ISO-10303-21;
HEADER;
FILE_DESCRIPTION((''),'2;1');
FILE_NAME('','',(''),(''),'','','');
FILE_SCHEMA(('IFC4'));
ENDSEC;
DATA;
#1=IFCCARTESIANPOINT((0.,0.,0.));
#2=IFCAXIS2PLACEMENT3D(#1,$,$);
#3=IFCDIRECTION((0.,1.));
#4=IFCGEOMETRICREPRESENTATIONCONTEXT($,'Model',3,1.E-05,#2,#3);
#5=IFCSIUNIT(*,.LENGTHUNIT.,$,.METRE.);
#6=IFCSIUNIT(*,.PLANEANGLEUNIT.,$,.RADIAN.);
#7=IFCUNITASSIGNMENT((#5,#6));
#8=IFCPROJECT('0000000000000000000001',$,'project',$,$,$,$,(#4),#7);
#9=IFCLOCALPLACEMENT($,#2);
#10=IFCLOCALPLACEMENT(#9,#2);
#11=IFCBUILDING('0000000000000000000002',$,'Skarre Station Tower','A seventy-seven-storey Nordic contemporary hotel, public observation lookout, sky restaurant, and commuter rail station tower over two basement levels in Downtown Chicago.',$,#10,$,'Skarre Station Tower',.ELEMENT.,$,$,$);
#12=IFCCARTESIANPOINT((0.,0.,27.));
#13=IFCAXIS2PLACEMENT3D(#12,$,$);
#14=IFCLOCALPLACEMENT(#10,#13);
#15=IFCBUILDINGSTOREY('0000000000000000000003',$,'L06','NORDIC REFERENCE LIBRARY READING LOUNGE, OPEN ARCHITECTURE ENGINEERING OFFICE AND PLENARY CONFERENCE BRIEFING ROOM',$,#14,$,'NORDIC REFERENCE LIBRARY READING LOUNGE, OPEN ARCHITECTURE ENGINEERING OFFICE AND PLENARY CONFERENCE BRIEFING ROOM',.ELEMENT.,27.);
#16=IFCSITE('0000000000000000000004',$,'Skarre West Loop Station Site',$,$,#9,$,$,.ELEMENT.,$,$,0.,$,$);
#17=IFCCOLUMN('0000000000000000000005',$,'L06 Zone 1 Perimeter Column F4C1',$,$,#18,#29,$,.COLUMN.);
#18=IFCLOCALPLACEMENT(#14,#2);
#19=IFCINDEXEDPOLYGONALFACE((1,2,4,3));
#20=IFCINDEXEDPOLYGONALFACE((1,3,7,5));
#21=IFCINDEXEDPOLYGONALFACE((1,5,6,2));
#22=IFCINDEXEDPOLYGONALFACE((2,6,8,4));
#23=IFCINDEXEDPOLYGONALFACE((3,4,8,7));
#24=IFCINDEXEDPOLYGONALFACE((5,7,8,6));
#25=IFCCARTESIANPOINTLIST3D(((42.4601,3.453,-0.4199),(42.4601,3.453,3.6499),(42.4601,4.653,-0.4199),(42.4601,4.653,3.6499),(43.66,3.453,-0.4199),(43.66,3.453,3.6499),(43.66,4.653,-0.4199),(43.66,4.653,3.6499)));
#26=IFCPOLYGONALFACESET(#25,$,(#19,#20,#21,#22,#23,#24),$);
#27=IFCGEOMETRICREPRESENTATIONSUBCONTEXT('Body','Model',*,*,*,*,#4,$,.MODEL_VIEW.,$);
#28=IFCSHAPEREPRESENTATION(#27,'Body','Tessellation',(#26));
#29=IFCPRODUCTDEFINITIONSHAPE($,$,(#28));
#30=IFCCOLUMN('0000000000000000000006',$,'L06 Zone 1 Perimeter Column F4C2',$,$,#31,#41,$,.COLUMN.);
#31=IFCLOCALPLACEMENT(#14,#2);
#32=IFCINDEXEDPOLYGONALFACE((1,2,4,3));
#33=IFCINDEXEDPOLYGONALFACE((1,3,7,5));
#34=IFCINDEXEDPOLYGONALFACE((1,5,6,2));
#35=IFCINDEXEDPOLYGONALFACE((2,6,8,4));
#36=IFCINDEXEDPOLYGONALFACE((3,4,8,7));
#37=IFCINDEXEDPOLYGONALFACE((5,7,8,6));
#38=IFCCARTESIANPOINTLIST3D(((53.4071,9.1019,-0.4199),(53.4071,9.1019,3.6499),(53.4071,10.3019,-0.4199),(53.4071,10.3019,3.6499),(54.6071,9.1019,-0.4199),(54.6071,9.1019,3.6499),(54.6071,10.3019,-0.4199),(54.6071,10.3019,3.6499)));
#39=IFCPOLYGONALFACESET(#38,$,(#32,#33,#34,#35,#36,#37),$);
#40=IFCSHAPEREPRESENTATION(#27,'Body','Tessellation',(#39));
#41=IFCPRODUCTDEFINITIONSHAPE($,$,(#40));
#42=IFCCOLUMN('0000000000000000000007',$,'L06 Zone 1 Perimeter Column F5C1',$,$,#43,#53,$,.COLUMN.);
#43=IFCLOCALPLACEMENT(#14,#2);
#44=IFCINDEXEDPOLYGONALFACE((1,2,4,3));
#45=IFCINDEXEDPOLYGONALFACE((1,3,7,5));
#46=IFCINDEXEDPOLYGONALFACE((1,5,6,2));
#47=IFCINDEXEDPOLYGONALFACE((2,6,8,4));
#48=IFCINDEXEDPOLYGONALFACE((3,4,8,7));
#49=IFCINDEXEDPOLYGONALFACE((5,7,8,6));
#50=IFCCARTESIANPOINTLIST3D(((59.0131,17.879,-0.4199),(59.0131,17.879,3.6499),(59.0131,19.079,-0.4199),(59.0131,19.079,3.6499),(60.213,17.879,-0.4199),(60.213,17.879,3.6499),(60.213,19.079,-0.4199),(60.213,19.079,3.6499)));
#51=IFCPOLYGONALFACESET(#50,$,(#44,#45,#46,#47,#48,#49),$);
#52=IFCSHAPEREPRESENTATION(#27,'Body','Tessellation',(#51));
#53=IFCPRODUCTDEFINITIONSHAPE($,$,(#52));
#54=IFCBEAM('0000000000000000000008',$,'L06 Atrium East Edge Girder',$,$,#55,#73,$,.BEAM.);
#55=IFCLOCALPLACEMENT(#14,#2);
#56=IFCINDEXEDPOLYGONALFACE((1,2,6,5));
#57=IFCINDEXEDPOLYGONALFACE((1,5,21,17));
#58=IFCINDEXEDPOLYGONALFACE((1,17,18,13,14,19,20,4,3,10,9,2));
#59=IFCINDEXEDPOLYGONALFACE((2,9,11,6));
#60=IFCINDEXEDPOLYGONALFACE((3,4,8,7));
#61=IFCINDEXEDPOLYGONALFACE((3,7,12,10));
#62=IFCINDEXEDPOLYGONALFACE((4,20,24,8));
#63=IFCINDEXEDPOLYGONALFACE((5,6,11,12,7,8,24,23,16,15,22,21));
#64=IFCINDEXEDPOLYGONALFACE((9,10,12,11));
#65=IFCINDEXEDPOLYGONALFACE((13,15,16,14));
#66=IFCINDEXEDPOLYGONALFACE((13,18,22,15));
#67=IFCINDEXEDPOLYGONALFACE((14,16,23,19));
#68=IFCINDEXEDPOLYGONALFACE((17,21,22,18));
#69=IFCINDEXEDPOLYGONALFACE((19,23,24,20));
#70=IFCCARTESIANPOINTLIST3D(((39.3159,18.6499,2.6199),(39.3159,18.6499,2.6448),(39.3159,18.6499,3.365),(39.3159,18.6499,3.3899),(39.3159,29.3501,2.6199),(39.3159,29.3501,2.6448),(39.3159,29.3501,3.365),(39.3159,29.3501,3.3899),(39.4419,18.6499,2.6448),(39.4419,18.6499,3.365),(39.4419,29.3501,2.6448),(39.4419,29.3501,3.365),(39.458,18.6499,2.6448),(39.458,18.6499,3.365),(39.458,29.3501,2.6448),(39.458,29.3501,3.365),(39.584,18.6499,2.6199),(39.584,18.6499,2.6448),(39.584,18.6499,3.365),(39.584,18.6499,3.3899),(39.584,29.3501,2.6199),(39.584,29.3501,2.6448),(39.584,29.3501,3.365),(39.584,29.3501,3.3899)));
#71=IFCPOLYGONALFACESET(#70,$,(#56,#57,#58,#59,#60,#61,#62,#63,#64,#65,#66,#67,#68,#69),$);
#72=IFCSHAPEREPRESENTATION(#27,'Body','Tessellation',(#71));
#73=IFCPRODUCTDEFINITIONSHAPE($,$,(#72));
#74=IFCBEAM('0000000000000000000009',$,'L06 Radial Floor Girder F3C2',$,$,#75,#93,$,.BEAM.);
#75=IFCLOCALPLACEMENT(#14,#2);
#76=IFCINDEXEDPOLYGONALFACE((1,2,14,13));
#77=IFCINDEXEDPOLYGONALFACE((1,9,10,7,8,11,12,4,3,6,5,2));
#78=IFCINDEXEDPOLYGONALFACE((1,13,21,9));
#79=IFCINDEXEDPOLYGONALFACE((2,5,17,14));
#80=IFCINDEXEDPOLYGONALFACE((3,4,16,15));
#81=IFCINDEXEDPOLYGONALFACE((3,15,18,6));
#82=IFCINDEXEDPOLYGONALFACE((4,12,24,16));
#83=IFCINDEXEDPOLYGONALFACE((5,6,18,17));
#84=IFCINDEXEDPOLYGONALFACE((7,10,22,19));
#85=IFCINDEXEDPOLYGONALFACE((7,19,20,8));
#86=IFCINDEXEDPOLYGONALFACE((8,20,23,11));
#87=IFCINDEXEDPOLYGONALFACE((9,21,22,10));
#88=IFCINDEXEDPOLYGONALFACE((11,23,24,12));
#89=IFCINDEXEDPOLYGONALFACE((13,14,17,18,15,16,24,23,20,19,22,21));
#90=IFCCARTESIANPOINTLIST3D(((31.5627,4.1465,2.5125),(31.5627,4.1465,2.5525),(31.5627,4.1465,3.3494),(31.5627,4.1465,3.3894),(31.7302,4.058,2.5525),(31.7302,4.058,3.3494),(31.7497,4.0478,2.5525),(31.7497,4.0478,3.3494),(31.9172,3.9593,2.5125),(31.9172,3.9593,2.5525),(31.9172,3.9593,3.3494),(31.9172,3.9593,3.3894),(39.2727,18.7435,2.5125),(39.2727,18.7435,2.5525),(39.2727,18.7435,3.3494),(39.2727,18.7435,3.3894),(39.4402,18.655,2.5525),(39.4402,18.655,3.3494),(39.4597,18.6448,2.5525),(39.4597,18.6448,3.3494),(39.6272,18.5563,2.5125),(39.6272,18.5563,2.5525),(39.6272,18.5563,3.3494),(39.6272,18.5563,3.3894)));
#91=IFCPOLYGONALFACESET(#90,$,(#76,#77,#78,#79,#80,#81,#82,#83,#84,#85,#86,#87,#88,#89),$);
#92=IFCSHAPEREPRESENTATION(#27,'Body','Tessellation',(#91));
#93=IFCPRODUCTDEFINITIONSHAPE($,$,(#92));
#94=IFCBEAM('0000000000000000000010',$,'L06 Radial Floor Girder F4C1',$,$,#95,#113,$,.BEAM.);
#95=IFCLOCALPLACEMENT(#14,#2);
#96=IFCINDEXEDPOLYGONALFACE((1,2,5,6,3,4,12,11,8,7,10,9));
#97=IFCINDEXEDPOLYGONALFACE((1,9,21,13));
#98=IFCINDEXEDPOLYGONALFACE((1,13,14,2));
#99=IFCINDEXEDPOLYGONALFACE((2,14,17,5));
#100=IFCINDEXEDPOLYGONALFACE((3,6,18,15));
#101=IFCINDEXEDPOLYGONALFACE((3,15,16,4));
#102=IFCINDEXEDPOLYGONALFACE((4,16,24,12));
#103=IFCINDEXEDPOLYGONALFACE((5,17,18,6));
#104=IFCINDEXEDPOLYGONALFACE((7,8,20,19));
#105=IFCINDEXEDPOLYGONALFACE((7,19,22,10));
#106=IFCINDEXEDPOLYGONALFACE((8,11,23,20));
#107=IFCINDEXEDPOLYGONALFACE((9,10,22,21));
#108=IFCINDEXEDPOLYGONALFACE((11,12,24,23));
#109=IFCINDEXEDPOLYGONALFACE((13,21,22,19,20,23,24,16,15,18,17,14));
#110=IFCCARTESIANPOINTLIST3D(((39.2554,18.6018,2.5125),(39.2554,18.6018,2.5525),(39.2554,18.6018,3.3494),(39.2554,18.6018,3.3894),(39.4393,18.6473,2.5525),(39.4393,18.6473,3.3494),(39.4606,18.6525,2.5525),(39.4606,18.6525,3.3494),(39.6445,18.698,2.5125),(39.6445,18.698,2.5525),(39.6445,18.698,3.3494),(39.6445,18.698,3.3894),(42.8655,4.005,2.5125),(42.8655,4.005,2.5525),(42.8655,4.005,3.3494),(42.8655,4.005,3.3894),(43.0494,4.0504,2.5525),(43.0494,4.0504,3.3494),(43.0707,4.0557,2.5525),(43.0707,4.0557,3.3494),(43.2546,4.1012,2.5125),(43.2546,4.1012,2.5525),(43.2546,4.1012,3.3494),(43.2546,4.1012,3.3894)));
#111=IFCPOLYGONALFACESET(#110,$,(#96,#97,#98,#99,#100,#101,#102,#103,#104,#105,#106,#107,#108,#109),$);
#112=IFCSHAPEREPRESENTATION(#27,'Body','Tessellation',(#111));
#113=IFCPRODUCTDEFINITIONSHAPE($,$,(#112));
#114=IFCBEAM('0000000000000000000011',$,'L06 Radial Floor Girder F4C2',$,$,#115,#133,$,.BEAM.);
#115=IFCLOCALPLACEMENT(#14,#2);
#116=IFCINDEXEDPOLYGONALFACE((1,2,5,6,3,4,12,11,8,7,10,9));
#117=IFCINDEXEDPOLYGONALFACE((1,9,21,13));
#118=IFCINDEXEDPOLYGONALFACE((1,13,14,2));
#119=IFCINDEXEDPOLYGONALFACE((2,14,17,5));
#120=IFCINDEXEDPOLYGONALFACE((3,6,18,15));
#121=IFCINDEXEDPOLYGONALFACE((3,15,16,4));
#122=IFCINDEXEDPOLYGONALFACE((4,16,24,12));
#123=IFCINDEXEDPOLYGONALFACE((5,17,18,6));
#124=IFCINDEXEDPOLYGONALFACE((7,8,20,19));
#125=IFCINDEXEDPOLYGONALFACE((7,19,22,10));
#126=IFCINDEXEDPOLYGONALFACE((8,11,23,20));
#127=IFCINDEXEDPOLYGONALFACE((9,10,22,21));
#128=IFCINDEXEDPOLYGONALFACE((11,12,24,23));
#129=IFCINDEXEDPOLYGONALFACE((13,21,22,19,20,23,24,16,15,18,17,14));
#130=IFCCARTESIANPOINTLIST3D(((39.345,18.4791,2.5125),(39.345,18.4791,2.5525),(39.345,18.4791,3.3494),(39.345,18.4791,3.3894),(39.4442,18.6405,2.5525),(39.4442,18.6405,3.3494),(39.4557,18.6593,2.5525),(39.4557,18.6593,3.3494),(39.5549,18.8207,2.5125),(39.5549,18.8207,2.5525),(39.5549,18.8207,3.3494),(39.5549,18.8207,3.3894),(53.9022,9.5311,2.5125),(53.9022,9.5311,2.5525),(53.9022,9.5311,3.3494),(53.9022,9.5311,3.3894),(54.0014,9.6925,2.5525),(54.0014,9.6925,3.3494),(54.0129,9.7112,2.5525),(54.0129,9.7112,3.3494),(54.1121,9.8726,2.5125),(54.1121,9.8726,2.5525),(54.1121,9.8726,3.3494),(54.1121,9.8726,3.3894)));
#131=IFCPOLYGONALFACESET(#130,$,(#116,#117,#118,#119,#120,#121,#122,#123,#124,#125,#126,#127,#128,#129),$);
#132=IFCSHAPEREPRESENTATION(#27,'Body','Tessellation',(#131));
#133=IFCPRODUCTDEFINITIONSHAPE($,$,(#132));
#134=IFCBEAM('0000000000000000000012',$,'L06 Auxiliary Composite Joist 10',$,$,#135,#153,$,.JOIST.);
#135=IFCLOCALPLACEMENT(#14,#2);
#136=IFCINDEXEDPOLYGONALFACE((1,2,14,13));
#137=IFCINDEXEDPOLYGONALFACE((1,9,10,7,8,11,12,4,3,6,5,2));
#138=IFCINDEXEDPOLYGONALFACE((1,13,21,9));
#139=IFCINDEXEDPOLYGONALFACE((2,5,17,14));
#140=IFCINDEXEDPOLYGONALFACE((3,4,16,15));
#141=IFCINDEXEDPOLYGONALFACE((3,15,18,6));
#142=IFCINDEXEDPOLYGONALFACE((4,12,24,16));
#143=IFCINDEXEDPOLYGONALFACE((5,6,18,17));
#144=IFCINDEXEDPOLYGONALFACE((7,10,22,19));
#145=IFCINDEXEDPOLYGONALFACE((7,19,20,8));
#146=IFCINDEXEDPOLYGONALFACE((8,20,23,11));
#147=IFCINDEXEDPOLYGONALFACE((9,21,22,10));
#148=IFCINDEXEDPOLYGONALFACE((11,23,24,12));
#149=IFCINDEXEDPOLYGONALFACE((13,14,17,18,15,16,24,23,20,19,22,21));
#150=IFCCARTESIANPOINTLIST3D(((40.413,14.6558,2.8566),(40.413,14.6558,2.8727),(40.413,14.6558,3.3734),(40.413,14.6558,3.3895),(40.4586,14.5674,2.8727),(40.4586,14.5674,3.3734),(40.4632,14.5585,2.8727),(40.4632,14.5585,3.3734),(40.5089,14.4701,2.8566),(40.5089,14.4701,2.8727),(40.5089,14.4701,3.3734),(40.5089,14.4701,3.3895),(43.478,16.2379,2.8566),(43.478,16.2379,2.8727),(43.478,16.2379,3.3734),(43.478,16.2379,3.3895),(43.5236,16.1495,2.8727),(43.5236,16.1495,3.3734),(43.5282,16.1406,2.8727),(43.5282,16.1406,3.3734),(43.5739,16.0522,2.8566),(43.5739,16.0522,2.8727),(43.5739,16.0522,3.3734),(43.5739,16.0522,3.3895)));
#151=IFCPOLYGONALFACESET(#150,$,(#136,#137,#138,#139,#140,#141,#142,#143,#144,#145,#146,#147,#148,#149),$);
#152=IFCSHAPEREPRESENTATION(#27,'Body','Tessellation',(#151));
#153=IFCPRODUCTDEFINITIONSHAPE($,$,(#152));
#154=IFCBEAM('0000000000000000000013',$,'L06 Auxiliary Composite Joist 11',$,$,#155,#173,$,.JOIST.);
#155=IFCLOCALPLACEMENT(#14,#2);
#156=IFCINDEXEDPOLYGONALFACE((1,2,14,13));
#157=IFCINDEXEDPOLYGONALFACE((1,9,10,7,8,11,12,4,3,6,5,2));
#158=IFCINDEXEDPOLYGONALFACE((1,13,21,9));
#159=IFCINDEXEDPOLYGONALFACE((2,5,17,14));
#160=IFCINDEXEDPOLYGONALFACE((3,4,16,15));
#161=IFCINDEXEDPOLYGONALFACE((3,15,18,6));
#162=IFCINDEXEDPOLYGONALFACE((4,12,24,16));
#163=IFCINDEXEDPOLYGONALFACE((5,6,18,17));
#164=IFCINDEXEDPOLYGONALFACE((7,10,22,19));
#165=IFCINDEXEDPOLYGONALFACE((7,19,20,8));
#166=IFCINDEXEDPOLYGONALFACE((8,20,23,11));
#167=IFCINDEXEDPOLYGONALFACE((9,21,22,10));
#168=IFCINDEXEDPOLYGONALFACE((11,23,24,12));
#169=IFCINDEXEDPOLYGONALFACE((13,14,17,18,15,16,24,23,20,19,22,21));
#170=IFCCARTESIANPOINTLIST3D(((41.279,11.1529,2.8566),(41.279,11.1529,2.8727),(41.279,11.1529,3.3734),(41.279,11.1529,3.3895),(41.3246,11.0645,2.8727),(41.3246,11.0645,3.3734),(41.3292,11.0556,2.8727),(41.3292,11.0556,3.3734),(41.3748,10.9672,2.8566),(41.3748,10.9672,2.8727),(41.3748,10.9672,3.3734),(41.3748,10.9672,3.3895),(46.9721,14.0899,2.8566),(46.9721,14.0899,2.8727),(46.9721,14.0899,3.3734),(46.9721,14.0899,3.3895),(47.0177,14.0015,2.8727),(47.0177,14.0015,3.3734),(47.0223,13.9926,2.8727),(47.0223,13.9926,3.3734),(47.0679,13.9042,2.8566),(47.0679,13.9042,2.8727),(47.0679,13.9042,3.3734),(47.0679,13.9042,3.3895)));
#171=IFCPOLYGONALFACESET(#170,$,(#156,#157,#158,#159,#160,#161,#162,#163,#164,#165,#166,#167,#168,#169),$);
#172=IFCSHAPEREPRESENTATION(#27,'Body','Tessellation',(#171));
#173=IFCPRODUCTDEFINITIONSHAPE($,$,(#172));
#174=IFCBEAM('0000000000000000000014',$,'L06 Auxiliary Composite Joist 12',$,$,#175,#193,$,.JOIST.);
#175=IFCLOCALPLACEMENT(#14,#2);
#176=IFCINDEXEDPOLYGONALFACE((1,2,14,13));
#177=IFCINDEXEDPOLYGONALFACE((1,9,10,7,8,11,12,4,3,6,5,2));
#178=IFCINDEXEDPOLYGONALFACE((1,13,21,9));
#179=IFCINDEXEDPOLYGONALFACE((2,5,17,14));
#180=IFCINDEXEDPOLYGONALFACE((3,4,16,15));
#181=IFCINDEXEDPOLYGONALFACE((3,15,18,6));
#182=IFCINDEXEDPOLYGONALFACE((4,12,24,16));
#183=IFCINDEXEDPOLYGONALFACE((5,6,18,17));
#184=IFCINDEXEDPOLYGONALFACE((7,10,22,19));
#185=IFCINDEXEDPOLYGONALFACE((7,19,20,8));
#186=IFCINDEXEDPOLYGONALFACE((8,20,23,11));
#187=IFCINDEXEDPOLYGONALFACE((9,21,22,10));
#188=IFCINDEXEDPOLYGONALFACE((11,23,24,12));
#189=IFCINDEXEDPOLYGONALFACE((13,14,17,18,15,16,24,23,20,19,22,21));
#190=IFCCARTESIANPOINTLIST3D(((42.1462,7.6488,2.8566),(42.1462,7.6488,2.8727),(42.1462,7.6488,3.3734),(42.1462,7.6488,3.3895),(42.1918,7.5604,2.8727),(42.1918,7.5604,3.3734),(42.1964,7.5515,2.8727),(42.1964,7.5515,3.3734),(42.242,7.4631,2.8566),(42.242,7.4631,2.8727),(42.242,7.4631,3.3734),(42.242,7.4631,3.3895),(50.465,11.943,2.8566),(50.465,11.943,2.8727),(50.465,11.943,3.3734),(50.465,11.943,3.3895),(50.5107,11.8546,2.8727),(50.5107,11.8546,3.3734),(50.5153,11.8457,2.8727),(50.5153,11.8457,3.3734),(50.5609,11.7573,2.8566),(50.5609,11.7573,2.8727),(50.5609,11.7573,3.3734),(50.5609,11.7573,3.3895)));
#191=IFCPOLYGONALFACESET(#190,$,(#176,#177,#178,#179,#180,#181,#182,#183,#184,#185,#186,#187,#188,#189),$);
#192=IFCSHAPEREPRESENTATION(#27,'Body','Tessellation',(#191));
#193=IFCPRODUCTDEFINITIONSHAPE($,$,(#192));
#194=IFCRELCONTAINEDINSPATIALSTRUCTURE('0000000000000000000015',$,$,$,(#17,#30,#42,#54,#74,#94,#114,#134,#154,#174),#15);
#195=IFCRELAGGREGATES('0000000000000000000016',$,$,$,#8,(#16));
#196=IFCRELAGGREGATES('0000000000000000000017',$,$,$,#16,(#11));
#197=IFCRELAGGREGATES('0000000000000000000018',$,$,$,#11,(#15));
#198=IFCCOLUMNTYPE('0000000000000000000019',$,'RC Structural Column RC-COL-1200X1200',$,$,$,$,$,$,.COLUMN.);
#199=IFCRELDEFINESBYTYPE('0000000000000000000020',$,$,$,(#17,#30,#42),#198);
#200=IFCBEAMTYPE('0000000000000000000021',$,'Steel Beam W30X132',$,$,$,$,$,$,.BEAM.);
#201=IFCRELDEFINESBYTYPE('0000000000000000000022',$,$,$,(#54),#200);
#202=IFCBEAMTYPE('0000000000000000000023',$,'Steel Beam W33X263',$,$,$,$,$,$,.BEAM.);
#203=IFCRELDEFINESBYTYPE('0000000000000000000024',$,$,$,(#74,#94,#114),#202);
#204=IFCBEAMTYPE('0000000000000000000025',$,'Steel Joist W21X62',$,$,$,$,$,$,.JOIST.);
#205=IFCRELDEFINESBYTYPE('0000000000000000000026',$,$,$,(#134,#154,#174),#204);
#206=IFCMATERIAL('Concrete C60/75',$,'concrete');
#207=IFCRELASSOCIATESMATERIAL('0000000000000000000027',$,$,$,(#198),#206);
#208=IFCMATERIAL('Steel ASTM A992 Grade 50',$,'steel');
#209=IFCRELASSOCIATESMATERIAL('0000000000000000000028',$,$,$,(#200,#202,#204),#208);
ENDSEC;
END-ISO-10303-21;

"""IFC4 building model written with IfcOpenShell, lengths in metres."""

from ifc_helpers import new_model, si_unit, direction, frame, origin, origin_2d, place, context, subcontext, project, spatial, rectangle, i_section, extrude, material, material_profile, profile_set, type_object, element, save


model = new_model("IFC4")

# Units and contexts
model_context = context("Model", 3, precision=1e-05, world=origin(), true_north=direction((0.0, 1.0)))
body_context = subcontext(model_context, "Body", "Model", "MODEL_VIEW")
ifc_project = project(units=[si_unit("LENGTHUNIT", "METRE"), si_unit("PLANEANGLEUNIT", "RADIAN")], contexts=[model_context])

# Site, building, storey
site_placement = place(None, origin())
site = spatial("IfcSite", under=ifc_project, at=site_placement, Name="Skarre West Loop Station Site", CompositionType="ELEMENT", RefElevation=0.0)
building_placement = place(site_placement, origin())
building = spatial("IfcBuilding", under=site, at=building_placement, Name="Skarre Station Tower", Description="A seventy-seven-storey Nordic contemporary hotel, public observation lookout, sky restaurant, and commuter rail station tower over two basement levels in Downtown Chicago.", LongName="Skarre Station Tower", CompositionType="ELEMENT")
storey_placement = place(building_placement, frame((0.0, 0.0, 27.0)))
storey = spatial("IfcBuildingStorey", under=building, at=storey_placement, Name="L06", Description="NORDIC REFERENCE LIBRARY READING LOUNGE, OPEN ARCHITECTURE ENGINEERING OFFICE AND PLENARY CONFERENCE BRIEFING ROOM", LongName="NORDIC REFERENCE LIBRARY READING LOUNGE, OPEN ARCHITECTURE ENGINEERING OFFICE AND PLENARY CONFERENCE BRIEFING ROOM", CompositionType="ELEMENT", Elevation=27.0)

# Columns
ifc_material_1 = material(Name="Concrete C60/75", Category="concrete")
ifc_material_profile_1 = material_profile(ifc_material_1, rectangle(XDim=1.2, YDim=1.2, at=origin_2d()), Name="Concrete C60/75")
ifc_profile_set_1 = profile_set([ifc_material_profile_1], Name="Concrete C60/75")
column_type = type_object("IfcColumnType", Name="RC Structural Column RC-COL-1200X1200", PredefinedType="COLUMN", material=ifc_profile_set_1)
for number, where, z_axis, x_axis, name in (
    (1, (43.0601, 4.053, -0.4199), (0.0, 0.0, 1.0), (1.0, 0.0, 0.0), "L06 Zone 1 Perimeter Column F4C1"),
    (2, (54.0071, 9.7019, -0.4199), (0.0, 0.0, 1.0), (1.0, 0.0, 0.0), "L06 Zone 1 Perimeter Column F4C2"),
    (3, (59.613, 18.479, -0.4199), (0.0, 0.0, 1.0), (1.0, 0.0, 0.0), "L06 Zone 1 Perimeter Column F5C1"),
):
    element("IfcColumn", number, at=place(storey_placement, frame(where, z_axis=z_axis, x_axis=x_axis)), inside=storey, type_object=column_type, Name=name, PredefinedType="COLUMN", context=body_context, shape_type="SweptSolid", body=[
        extrude(rectangle(XDim=1.2, YDim=1.2, at=origin_2d()), origin(), (0.0, 0.0, 1.0), 4.0698),
    ])

# Beams
ifc_material_2 = material(Name="Steel ASTM A992 Grade 50", Category="steel")
ifc_material_profile_2 = material_profile(ifc_material_2, i_section(OverallWidth=0.2681, OverallDepth=0.77, WebThickness=0.0161, FlangeThickness=0.0249, at=origin_2d()), Name="Steel ASTM A992 Grade 50")
ifc_profile_set_2 = profile_set([ifc_material_profile_2], Name="Steel ASTM A992 Grade 50")
beam_type_1 = type_object("IfcBeamType", Name="Steel Beam W30X132", PredefinedType="BEAM", material=ifc_profile_set_2)
beam_1_placement = place(storey_placement, frame((39.45, 18.6499, 3.0049), z_axis=(0.0, 1.0, 0.0), x_axis=(-1.0, 0.0, 0.0)))
element("IfcBeam", 4, at=beam_1_placement, inside=storey, type_object=beam_type_1, Name="L06 Atrium East Edge Girder", PredefinedType="BEAM", context=body_context, shape_type="SweptSolid", body=[
    extrude(i_section(OverallWidth=0.2681, OverallDepth=0.77, WebThickness=0.0161, FlangeThickness=0.0249, at=origin_2d()), origin(), (0.0, 0.0, 1.0), 10.7002),
])
ifc_material_profile_3 = material_profile(ifc_material_2, i_section(OverallWidth=0.4009, OverallDepth=0.877, WebThickness=0.022, FlangeThickness=0.04, at=origin_2d()), Name="Steel ASTM A992 Grade 50")
ifc_profile_set_3 = profile_set([ifc_material_profile_3], Name="Steel ASTM A992 Grade 50")
beam_type_2 = type_object("IfcBeamType", Name="Steel Beam W33X263", PredefinedType="BEAM", material=ifc_profile_set_3)
beam_2_placement = place(storey_placement, frame((39.45, 18.6499, 2.9509), z_axis=(-0.467044, -0.884234, 0.0), x_axis=(0.884234, -0.467044, 0.0)))
element("IfcBeam", 5, at=beam_2_placement, inside=storey, type_object=beam_type_2, Name="L06 Radial Floor Girder F3C2", PredefinedType="BEAM", context=body_context, shape_type="SweptSolid", body=[
    extrude(i_section(OverallWidth=0.4009, OverallDepth=0.877, WebThickness=0.022, FlangeThickness=0.04, at=origin_2d()), origin(), (0.0, 0.0, 1.0), 16.5081),
])
beam_3_placement = place(storey_placement, frame((39.45, 18.6499, 2.9509), z_axis=(0.240086, -0.970752, 0.0), x_axis=(0.970752, 0.240086, 0.0)))
element("IfcBeam", 6, at=beam_3_placement, inside=storey, type_object=beam_type_2, Name="L06 Radial Floor Girder F4C1", PredefinedType="BEAM", context=body_context, shape_type="SweptSolid", body=[
    extrude(i_section(OverallWidth=0.4009, OverallDepth=0.877, WebThickness=0.022, FlangeThickness=0.04, at=origin_2d()), origin(), (0.0, 0.0, 1.0), 15.0366),
])
beam_4_placement = place(storey_placement, frame((39.45, 18.6499, 2.9509), z_axis=(0.851926, -0.523663, 0.0), x_axis=(0.523663, 0.851926, 0.0)))
element("IfcBeam", 7, at=beam_4_placement, inside=storey, type_object=beam_type_2, Name="L06 Radial Floor Girder F4C2", PredefinedType="BEAM", context=body_context, shape_type="SweptSolid", body=[
    extrude(i_section(OverallWidth=0.4009, OverallDepth=0.877, WebThickness=0.022, FlangeThickness=0.04, at=origin_2d()), origin(), (0.0, 0.0, 1.0), 17.0874),
])
ifc_material_profile_4 = material_profile(ifc_material_2, i_section(OverallWidth=0.209, OverallDepth=0.533, WebThickness=0.01, FlangeThickness=0.0161, at=origin_2d()), Name="Steel ASTM A992 Grade 50")
ifc_profile_set_4 = profile_set([ifc_material_profile_4], Name="Steel ASTM A992 Grade 50")
beam_type_3 = type_object("IfcBeamType", Name="Steel Joist W21X62", PredefinedType="JOIST", material=ifc_profile_set_4)
beam_5_placement = place(storey_placement, frame((40.4609, 14.563, 3.123), z_axis=(0.888606, 0.458672, 0.0), x_axis=(-0.458672, 0.888606, 0.0)))
element("IfcBeam", 8, at=beam_5_placement, inside=storey, type_object=beam_type_3, Name="L06 Auxiliary Composite Joist 10", PredefinedType="JOIST", context=body_context, shape_type="SweptSolid", body=[
    extrude(i_section(OverallWidth=0.209, OverallDepth=0.533, WebThickness=0.01, FlangeThickness=0.0161, at=origin_2d()), origin(), (0.0, 0.0, 1.0), 3.4492),
])
beam_6_placement = place(storey_placement, frame((41.3269, 11.0601, 3.123), z_axis=(0.888708, 0.458474, 0.0), x_axis=(-0.458474, 0.888708, 0.0)))
element("IfcBeam", 9, at=beam_6_placement, inside=storey, type_object=beam_type_3, Name="L06 Auxiliary Composite Joist 11", PredefinedType="JOIST", context=body_context, shape_type="SweptSolid", body=[
    extrude(i_section(OverallWidth=0.209, OverallDepth=0.533, WebThickness=0.01, FlangeThickness=0.0161, at=origin_2d()), origin(), (0.0, 0.0, 1.0), 6.406),
])
beam_7_placement = place(storey_placement, frame((42.1941, 7.5559, 3.123), z_axis=(0.888595, 0.458693, 0.0), x_axis=(-0.458693, 0.888595, 0.0)))
element("IfcBeam", 10, at=beam_7_placement, inside=storey, type_object=beam_type_3, Name="L06 Auxiliary Composite Joist 12", PredefinedType="JOIST", context=body_context, shape_type="SweptSolid", body=[
    extrude(i_section(OverallWidth=0.209, OverallDepth=0.533, WebThickness=0.01, FlangeThickness=0.0161, at=origin_2d()), origin(), (0.0, 0.0, 1.0), 9.3618),
])

save(model, "model.ifc")
